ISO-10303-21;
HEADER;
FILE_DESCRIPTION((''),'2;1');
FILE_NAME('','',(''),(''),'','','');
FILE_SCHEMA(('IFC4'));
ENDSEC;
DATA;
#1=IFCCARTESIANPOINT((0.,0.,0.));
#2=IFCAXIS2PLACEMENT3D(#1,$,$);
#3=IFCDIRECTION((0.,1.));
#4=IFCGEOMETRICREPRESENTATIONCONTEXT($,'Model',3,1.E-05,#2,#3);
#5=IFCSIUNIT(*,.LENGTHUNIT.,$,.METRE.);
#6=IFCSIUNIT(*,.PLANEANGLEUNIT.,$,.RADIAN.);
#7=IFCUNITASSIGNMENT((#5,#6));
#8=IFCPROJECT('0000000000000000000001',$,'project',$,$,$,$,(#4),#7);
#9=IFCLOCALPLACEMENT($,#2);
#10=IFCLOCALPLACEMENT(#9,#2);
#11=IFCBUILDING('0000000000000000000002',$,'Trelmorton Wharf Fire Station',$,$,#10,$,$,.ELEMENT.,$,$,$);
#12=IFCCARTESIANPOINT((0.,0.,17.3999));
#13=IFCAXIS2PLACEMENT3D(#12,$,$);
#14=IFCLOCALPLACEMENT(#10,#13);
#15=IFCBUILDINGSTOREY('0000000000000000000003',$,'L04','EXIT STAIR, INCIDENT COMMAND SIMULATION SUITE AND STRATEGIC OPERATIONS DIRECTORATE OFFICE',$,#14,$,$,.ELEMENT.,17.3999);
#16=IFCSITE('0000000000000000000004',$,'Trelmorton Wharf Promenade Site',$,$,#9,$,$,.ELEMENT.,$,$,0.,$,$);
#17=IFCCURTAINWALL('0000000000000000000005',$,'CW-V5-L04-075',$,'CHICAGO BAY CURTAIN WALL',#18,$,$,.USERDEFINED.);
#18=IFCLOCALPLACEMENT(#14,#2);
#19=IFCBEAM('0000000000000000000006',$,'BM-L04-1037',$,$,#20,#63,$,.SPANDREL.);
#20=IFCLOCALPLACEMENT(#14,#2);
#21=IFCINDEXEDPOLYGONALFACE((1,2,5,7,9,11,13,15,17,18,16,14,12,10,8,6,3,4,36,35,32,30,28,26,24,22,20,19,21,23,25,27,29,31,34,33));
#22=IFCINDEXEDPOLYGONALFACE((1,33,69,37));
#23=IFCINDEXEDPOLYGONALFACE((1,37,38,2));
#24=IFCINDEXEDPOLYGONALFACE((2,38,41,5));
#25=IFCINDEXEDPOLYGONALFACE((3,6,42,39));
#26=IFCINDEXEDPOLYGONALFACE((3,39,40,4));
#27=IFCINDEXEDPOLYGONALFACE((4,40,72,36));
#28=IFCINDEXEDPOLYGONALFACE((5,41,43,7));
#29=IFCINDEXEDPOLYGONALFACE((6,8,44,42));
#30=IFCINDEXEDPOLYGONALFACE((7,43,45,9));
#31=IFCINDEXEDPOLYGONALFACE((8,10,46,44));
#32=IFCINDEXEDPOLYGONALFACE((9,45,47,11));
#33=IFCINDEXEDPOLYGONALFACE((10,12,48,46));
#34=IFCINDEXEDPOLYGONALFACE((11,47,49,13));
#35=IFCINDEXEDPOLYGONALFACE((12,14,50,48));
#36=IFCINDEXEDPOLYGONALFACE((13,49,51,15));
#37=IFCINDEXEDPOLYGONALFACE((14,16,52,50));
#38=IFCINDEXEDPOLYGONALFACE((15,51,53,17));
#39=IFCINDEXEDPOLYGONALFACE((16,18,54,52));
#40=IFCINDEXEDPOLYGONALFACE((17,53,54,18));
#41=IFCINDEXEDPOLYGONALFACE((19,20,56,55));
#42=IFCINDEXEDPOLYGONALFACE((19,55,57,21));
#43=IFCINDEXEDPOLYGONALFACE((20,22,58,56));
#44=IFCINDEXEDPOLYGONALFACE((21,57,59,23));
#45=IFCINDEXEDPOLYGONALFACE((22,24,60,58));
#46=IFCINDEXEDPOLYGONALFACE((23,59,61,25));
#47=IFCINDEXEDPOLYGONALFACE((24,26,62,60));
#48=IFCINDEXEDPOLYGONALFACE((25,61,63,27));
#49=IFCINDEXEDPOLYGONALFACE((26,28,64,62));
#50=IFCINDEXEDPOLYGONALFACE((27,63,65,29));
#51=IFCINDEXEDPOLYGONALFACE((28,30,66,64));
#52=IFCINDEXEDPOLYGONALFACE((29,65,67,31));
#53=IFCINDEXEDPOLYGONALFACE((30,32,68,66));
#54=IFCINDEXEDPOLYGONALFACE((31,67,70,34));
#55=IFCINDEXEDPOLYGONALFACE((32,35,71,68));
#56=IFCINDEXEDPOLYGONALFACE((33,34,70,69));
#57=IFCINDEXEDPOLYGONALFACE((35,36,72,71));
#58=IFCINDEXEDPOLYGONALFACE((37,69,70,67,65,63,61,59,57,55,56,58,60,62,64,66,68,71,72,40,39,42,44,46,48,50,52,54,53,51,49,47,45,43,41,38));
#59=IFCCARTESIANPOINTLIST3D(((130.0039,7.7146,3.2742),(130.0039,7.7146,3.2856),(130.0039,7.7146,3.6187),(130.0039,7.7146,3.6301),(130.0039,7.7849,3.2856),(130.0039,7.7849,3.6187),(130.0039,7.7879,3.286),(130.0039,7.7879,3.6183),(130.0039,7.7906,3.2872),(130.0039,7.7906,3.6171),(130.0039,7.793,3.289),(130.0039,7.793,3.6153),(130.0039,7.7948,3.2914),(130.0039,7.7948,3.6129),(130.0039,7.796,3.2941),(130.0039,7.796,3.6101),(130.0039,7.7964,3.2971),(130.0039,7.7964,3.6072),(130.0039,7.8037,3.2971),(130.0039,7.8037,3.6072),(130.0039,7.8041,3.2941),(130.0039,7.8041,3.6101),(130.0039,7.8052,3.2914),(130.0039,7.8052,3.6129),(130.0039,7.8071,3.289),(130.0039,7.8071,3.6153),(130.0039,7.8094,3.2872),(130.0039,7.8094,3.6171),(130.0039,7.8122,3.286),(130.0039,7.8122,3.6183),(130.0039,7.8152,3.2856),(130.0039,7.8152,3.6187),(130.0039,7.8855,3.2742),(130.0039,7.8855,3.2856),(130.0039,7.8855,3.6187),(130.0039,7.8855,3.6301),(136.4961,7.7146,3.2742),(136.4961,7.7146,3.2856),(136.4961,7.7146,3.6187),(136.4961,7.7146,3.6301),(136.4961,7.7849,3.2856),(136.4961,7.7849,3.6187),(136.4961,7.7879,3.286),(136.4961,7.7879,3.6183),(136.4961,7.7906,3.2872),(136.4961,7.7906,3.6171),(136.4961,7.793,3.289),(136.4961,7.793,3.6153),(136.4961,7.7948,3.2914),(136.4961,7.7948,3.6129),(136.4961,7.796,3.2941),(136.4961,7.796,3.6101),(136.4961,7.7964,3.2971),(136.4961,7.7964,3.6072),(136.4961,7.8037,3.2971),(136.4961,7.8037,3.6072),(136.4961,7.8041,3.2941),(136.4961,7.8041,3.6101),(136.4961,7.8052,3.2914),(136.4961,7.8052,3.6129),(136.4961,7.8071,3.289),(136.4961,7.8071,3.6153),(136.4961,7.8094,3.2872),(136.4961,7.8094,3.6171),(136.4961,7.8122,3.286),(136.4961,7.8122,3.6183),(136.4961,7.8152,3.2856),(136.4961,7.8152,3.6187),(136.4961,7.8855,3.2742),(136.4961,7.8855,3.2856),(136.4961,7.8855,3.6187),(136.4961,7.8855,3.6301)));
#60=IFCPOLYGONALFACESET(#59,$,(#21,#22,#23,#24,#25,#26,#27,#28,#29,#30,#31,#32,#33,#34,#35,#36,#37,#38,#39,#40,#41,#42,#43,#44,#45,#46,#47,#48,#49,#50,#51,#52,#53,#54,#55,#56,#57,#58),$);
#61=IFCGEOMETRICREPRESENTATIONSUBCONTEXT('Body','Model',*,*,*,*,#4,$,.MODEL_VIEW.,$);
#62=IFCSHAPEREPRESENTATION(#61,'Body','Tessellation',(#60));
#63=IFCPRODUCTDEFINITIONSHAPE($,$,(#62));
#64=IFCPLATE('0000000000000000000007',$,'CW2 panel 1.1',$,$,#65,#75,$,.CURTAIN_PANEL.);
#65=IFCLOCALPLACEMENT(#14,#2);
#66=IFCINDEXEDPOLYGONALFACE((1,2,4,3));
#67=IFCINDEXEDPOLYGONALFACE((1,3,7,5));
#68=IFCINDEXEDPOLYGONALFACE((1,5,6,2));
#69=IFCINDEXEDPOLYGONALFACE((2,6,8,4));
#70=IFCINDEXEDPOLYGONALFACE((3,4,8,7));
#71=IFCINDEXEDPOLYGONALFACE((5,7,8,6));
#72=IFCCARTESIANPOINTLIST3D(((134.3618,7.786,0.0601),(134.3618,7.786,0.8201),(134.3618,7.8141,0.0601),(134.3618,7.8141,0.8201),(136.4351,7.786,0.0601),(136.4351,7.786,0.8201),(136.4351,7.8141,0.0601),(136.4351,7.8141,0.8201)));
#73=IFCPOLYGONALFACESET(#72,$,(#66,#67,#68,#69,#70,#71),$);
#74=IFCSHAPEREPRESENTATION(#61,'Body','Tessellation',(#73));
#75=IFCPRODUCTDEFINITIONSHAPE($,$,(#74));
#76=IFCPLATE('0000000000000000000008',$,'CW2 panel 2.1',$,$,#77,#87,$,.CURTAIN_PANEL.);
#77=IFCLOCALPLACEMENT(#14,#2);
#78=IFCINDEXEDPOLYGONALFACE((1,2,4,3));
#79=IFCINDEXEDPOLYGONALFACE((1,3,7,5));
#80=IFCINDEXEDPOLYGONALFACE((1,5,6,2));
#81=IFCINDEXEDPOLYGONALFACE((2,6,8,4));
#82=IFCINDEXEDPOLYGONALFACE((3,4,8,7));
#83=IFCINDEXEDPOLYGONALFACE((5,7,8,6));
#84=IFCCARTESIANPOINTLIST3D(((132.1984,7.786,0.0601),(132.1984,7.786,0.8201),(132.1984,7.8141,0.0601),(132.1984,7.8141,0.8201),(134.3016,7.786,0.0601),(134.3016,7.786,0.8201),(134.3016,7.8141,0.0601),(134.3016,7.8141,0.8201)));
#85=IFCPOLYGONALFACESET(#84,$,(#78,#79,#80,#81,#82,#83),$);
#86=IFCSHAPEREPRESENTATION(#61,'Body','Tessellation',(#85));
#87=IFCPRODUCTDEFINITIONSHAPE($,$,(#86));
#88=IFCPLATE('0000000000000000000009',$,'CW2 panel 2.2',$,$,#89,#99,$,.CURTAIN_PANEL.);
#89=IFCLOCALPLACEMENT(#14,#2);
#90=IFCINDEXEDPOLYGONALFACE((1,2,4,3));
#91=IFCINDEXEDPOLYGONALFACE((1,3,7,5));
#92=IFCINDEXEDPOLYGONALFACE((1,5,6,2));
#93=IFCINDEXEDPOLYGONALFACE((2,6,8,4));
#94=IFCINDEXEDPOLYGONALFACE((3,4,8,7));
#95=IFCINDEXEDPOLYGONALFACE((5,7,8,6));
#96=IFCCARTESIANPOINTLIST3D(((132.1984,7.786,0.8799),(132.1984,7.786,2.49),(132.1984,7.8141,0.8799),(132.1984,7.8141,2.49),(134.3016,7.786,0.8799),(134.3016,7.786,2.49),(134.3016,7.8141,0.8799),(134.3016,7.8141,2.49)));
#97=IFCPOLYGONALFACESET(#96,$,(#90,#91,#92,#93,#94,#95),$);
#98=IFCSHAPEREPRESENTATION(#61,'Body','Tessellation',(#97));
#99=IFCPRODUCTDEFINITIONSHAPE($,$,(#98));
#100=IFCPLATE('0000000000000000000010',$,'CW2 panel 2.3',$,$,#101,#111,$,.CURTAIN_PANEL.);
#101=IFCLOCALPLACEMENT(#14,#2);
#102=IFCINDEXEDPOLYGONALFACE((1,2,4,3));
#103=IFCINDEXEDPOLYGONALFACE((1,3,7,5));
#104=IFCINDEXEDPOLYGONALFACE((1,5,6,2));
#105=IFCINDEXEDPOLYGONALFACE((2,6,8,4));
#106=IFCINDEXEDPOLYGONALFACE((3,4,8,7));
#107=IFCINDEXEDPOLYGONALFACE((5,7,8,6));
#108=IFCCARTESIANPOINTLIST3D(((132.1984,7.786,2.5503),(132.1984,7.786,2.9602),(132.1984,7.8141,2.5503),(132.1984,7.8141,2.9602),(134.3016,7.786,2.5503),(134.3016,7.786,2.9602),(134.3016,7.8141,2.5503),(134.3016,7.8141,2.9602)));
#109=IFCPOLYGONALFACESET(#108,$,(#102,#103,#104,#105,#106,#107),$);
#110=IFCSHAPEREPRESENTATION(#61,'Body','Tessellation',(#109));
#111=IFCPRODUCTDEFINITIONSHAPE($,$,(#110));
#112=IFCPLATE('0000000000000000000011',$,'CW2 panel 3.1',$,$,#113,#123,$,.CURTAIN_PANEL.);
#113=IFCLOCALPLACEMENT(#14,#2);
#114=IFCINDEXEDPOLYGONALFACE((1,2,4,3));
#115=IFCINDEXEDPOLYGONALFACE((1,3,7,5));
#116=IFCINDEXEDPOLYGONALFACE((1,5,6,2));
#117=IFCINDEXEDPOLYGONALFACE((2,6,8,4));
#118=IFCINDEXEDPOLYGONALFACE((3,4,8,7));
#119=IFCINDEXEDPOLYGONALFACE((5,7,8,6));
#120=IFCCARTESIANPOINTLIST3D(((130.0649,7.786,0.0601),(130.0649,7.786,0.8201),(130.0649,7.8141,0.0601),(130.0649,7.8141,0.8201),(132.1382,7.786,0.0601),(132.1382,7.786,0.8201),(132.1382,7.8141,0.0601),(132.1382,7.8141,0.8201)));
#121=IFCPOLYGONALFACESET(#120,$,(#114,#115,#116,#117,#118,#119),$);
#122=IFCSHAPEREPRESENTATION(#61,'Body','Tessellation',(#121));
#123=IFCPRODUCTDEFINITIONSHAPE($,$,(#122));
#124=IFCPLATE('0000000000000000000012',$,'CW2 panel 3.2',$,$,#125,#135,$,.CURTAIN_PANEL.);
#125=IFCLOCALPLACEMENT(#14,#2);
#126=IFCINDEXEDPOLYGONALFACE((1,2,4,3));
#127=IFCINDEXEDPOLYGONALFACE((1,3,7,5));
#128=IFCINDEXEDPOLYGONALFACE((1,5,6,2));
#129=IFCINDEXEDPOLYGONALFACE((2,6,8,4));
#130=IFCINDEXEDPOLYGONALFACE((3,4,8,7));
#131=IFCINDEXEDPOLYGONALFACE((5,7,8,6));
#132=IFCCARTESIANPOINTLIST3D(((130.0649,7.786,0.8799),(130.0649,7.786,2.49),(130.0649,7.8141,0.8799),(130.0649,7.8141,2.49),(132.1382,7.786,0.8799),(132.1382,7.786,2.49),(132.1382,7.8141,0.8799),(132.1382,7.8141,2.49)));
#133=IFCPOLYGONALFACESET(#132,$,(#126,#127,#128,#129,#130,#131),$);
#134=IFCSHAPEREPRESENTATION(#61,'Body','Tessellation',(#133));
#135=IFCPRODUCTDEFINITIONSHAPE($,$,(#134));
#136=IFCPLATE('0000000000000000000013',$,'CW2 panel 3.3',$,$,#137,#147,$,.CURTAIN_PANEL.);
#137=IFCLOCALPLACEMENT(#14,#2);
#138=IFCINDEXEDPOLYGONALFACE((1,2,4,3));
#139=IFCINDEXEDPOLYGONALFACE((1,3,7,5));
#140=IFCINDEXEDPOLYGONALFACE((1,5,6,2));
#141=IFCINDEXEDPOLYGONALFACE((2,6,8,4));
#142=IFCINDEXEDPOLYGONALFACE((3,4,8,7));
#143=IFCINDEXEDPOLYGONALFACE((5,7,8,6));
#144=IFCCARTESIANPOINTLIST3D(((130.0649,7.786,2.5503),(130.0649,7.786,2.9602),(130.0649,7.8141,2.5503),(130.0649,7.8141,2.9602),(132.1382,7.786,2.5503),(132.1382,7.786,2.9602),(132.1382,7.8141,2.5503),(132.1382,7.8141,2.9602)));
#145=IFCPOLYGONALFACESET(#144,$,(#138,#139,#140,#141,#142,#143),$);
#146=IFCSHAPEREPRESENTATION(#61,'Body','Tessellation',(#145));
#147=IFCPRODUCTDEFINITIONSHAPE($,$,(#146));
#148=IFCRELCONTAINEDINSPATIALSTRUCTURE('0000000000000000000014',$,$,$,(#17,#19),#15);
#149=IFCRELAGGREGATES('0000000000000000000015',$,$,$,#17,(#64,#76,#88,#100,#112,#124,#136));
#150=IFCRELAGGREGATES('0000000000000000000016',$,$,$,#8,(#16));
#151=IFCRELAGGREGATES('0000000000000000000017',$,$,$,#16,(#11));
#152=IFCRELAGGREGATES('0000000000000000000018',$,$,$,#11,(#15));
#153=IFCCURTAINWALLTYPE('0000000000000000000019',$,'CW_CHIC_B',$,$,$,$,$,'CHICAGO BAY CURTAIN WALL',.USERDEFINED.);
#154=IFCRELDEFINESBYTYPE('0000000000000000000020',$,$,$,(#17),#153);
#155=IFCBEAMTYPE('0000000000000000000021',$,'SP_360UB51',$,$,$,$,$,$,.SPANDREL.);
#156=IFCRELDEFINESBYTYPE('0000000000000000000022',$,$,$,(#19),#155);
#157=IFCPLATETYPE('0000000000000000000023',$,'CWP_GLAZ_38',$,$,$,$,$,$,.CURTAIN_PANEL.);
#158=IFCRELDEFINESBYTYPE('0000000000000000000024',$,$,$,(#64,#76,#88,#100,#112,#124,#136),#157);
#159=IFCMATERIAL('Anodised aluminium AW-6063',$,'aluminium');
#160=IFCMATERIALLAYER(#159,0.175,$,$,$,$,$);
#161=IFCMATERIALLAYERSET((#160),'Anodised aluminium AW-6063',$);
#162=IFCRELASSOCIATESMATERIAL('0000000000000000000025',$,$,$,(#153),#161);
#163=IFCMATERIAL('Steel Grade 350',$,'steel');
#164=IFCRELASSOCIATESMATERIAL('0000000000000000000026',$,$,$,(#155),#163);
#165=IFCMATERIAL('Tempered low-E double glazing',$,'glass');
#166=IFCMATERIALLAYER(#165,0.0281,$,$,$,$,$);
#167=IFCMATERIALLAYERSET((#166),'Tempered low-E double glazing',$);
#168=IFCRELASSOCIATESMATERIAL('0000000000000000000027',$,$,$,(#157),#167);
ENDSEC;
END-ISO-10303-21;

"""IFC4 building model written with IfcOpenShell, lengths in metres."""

from ifc_helpers import new_model, si_unit, direction, frame, origin, origin_2d, place, context, subcontext, project, spatial, rectangle, i_section, extrude, material, layer, layer_set, material_profile, profile_set, type_object, element, aggregate, save


model = new_model("IFC4")

# Units and contexts
model_context = context("Model", 3, precision=1e-05, world=origin(), true_north=direction((0.0, 1.0)))
body_context = subcontext(model_context, "Body", "Model", "MODEL_VIEW")
ifc_project = project(units=[si_unit("LENGTHUNIT", "METRE"), si_unit("PLANEANGLEUNIT", "RADIAN")], contexts=[model_context])

# Site, building, storey
site_placement = place(None, origin())
site = spatial("IfcSite", under=ifc_project, at=site_placement, Name="Trelmorton Wharf Promenade Site", CompositionType="ELEMENT", RefElevation=0.0)
building_placement = place(site_placement, origin())
building = spatial("IfcBuilding", under=site, at=building_placement, Name="Trelmorton Wharf Fire Station", CompositionType="ELEMENT")
storey_placement = place(building_placement, frame((0.0, 0.0, 17.3999)))
storey = spatial("IfcBuildingStorey", under=building, at=storey_placement, Name="L04", Description="EXIT STAIR, INCIDENT COMMAND SIMULATION SUITE AND STRATEGIC OPERATIONS DIRECTORATE OFFICE", CompositionType="ELEMENT", Elevation=17.3999)

# Shared definitions
ifc_material_1 = material(Name="Steel Grade 350", Category="steel")

# Curtain wall
ifc_material_2 = material(Name="Anodised aluminium AW-6063", Category="aluminium")
ifc_layer_1 = layer(ifc_material_2, 0.175)
ifc_layer_set_1 = layer_set([ifc_layer_1], Name="Anodised aluminium AW-6063")
curtain_wall_type = type_object("IfcCurtainWallType", Name="CW_CHIC_B", ElementType="CHICAGO BAY CURTAIN WALL", PredefinedType="USERDEFINED", material=ifc_layer_set_1)
curtain_wall_placement = place(storey_placement, origin())
curtain_wall = element("IfcCurtainWall", 1, at=curtain_wall_placement, inside=storey, type_object=curtain_wall_type, Name="CW-V5-L04-075", ObjectType="CHICAGO BAY CURTAIN WALL", PredefinedType="USERDEFINED")

# Beam
ifc_material_profile_1 = material_profile(ifc_material_1, i_section(OverallWidth=0.1709, OverallDepth=0.356, WebThickness=0.0073, FlangeThickness=0.0115, FilletRadius=0.0115, at=origin_2d()), Name="360UB50.7")
ifc_profile_set_1 = profile_set([ifc_material_profile_1], Name="Steel Grade 350")
beam_type_1 = type_object("IfcBeamType", Name="SP_360UB51", PredefinedType="SPANDREL", material=ifc_profile_set_1)
beam_1_placement = place(storey_placement, frame((130.0039, 7.8, 3.4521), z_axis=(1.0, 0.0, 0.0), x_axis=(0.0, 1.0, 0.0)))
element("IfcBeam", 2, at=beam_1_placement, inside=storey, type_object=beam_type_1, Name="BM-L04-1037", PredefinedType="SPANDREL", context=body_context, shape_type="SweptSolid", body=[
    extrude(i_section(OverallWidth=0.1709, OverallDepth=0.356, WebThickness=0.0073, FlangeThickness=0.0115, FilletRadius=0.0115, at=origin_2d()), origin(), (0.0, 0.0, 1.0), 6.4922),
])

# Plates
ifc_material_3 = material(Name="Tempered low-E double glazing", Category="glass")
ifc_layer_2 = layer(ifc_material_3, 0.0281)
ifc_layer_set_2 = layer_set([ifc_layer_2], Name="Tempered low-E double glazing")
plate_type = type_object("IfcPlateType", Name="CWP_GLAZ_38", PredefinedType="CURTAIN_PANEL", material=ifc_layer_set_2)
plate_1_placement = place(storey_placement, frame((135.3984, 7.8, 0.0601), z_axis=(0.0, 0.0, 1.0), x_axis=(-1.0, 0.0, 0.0)))
plate_1 = element("IfcPlate", 3, at=plate_1_placement, type_object=plate_type, Name="CW2 panel 1.1", PredefinedType="CURTAIN_PANEL", context=body_context, shape_type="SweptSolid", body=[
    extrude(rectangle(XDim=2.0732, YDim=0.0281, at=origin_2d()), origin(), (0.0, 0.0, 1.0), 0.76),
])
plate_2_placement = place(storey_placement, frame((133.25, 7.8, 0.0601), z_axis=(0.0, 0.0, 1.0), x_axis=(-1.0, 0.0, 0.0)))
plate_2 = element("IfcPlate", 4, at=plate_2_placement, type_object=plate_type, Name="CW2 panel 2.1", PredefinedType="CURTAIN_PANEL", context=body_context, shape_type="SweptSolid", body=[
    extrude(rectangle(XDim=2.1033, YDim=0.0281, at=origin_2d()), origin(), (0.0, 0.0, 1.0), 0.76),
])
plate_3_placement = place(storey_placement, frame((133.25, 7.8, 0.8799), z_axis=(0.0, 0.0, 1.0), x_axis=(-1.0, 0.0, 0.0)))
plate_3 = element("IfcPlate", 5, at=plate_3_placement, type_object=plate_type, Name="CW2 panel 2.2", PredefinedType="CURTAIN_PANEL", context=body_context, shape_type="SweptSolid", body=[
    extrude(rectangle(XDim=2.1033, YDim=0.0281, at=origin_2d()), origin(), (0.0, 0.0, 1.0), 1.6101),
])
plate_4_placement = place(storey_placement, frame((133.25, 7.8, 2.5503), z_axis=(0.0, 0.0, 1.0), x_axis=(-1.0, 0.0, 0.0)))
plate_4 = element("IfcPlate", 6, at=plate_4_placement, type_object=plate_type, Name="CW2 panel 2.3", PredefinedType="CURTAIN_PANEL", context=body_context, shape_type="SweptSolid", body=[
    extrude(rectangle(XDim=2.1033, YDim=0.0281, at=origin_2d()), origin(), (0.0, 0.0, 1.0), 0.4099),
])
plate_5_placement = place(storey_placement, frame((131.1016, 7.8, 0.0601), z_axis=(0.0, 0.0, 1.0), x_axis=(-1.0, 0.0, 0.0)))
plate_5 = element("IfcPlate", 7, at=plate_5_placement, type_object=plate_type, Name="CW2 panel 3.1", PredefinedType="CURTAIN_PANEL", context=body_context, shape_type="SweptSolid", body=[
    extrude(rectangle(XDim=2.0732, YDim=0.0281, at=origin_2d()), origin(), (0.0, 0.0, 1.0), 0.76),
])
plate_6_placement = place(storey_placement, frame((131.1016, 7.8, 0.8799), z_axis=(0.0, 0.0, 1.0), x_axis=(-1.0, 0.0, 0.0)))
plate_6 = element("IfcPlate", 8, at=plate_6_placement, type_object=plate_type, Name="CW2 panel 3.2", PredefinedType="CURTAIN_PANEL", context=body_context, shape_type="SweptSolid", body=[
    extrude(rectangle(XDim=2.0732, YDim=0.0281, at=origin_2d()), origin(), (0.0, 0.0, 1.0), 1.6101),
])
plate_7_placement = place(storey_placement, frame((131.1016, 7.8, 2.5503), z_axis=(0.0, 0.0, 1.0), x_axis=(-1.0, 0.0, 0.0)))
plate_7 = element("IfcPlate", 9, at=plate_7_placement, type_object=plate_type, Name="CW2 panel 3.3", PredefinedType="CURTAIN_PANEL", context=body_context, shape_type="SweptSolid", body=[
    extrude(rectangle(XDim=2.0732, YDim=0.0281, at=origin_2d()), origin(), (0.0, 0.0, 1.0), 0.4099),
])
aggregate(curtain_wall, [plate_1, plate_2, plate_3, plate_4, plate_5, plate_6, plate_7])

save(model, "model.ifc")
